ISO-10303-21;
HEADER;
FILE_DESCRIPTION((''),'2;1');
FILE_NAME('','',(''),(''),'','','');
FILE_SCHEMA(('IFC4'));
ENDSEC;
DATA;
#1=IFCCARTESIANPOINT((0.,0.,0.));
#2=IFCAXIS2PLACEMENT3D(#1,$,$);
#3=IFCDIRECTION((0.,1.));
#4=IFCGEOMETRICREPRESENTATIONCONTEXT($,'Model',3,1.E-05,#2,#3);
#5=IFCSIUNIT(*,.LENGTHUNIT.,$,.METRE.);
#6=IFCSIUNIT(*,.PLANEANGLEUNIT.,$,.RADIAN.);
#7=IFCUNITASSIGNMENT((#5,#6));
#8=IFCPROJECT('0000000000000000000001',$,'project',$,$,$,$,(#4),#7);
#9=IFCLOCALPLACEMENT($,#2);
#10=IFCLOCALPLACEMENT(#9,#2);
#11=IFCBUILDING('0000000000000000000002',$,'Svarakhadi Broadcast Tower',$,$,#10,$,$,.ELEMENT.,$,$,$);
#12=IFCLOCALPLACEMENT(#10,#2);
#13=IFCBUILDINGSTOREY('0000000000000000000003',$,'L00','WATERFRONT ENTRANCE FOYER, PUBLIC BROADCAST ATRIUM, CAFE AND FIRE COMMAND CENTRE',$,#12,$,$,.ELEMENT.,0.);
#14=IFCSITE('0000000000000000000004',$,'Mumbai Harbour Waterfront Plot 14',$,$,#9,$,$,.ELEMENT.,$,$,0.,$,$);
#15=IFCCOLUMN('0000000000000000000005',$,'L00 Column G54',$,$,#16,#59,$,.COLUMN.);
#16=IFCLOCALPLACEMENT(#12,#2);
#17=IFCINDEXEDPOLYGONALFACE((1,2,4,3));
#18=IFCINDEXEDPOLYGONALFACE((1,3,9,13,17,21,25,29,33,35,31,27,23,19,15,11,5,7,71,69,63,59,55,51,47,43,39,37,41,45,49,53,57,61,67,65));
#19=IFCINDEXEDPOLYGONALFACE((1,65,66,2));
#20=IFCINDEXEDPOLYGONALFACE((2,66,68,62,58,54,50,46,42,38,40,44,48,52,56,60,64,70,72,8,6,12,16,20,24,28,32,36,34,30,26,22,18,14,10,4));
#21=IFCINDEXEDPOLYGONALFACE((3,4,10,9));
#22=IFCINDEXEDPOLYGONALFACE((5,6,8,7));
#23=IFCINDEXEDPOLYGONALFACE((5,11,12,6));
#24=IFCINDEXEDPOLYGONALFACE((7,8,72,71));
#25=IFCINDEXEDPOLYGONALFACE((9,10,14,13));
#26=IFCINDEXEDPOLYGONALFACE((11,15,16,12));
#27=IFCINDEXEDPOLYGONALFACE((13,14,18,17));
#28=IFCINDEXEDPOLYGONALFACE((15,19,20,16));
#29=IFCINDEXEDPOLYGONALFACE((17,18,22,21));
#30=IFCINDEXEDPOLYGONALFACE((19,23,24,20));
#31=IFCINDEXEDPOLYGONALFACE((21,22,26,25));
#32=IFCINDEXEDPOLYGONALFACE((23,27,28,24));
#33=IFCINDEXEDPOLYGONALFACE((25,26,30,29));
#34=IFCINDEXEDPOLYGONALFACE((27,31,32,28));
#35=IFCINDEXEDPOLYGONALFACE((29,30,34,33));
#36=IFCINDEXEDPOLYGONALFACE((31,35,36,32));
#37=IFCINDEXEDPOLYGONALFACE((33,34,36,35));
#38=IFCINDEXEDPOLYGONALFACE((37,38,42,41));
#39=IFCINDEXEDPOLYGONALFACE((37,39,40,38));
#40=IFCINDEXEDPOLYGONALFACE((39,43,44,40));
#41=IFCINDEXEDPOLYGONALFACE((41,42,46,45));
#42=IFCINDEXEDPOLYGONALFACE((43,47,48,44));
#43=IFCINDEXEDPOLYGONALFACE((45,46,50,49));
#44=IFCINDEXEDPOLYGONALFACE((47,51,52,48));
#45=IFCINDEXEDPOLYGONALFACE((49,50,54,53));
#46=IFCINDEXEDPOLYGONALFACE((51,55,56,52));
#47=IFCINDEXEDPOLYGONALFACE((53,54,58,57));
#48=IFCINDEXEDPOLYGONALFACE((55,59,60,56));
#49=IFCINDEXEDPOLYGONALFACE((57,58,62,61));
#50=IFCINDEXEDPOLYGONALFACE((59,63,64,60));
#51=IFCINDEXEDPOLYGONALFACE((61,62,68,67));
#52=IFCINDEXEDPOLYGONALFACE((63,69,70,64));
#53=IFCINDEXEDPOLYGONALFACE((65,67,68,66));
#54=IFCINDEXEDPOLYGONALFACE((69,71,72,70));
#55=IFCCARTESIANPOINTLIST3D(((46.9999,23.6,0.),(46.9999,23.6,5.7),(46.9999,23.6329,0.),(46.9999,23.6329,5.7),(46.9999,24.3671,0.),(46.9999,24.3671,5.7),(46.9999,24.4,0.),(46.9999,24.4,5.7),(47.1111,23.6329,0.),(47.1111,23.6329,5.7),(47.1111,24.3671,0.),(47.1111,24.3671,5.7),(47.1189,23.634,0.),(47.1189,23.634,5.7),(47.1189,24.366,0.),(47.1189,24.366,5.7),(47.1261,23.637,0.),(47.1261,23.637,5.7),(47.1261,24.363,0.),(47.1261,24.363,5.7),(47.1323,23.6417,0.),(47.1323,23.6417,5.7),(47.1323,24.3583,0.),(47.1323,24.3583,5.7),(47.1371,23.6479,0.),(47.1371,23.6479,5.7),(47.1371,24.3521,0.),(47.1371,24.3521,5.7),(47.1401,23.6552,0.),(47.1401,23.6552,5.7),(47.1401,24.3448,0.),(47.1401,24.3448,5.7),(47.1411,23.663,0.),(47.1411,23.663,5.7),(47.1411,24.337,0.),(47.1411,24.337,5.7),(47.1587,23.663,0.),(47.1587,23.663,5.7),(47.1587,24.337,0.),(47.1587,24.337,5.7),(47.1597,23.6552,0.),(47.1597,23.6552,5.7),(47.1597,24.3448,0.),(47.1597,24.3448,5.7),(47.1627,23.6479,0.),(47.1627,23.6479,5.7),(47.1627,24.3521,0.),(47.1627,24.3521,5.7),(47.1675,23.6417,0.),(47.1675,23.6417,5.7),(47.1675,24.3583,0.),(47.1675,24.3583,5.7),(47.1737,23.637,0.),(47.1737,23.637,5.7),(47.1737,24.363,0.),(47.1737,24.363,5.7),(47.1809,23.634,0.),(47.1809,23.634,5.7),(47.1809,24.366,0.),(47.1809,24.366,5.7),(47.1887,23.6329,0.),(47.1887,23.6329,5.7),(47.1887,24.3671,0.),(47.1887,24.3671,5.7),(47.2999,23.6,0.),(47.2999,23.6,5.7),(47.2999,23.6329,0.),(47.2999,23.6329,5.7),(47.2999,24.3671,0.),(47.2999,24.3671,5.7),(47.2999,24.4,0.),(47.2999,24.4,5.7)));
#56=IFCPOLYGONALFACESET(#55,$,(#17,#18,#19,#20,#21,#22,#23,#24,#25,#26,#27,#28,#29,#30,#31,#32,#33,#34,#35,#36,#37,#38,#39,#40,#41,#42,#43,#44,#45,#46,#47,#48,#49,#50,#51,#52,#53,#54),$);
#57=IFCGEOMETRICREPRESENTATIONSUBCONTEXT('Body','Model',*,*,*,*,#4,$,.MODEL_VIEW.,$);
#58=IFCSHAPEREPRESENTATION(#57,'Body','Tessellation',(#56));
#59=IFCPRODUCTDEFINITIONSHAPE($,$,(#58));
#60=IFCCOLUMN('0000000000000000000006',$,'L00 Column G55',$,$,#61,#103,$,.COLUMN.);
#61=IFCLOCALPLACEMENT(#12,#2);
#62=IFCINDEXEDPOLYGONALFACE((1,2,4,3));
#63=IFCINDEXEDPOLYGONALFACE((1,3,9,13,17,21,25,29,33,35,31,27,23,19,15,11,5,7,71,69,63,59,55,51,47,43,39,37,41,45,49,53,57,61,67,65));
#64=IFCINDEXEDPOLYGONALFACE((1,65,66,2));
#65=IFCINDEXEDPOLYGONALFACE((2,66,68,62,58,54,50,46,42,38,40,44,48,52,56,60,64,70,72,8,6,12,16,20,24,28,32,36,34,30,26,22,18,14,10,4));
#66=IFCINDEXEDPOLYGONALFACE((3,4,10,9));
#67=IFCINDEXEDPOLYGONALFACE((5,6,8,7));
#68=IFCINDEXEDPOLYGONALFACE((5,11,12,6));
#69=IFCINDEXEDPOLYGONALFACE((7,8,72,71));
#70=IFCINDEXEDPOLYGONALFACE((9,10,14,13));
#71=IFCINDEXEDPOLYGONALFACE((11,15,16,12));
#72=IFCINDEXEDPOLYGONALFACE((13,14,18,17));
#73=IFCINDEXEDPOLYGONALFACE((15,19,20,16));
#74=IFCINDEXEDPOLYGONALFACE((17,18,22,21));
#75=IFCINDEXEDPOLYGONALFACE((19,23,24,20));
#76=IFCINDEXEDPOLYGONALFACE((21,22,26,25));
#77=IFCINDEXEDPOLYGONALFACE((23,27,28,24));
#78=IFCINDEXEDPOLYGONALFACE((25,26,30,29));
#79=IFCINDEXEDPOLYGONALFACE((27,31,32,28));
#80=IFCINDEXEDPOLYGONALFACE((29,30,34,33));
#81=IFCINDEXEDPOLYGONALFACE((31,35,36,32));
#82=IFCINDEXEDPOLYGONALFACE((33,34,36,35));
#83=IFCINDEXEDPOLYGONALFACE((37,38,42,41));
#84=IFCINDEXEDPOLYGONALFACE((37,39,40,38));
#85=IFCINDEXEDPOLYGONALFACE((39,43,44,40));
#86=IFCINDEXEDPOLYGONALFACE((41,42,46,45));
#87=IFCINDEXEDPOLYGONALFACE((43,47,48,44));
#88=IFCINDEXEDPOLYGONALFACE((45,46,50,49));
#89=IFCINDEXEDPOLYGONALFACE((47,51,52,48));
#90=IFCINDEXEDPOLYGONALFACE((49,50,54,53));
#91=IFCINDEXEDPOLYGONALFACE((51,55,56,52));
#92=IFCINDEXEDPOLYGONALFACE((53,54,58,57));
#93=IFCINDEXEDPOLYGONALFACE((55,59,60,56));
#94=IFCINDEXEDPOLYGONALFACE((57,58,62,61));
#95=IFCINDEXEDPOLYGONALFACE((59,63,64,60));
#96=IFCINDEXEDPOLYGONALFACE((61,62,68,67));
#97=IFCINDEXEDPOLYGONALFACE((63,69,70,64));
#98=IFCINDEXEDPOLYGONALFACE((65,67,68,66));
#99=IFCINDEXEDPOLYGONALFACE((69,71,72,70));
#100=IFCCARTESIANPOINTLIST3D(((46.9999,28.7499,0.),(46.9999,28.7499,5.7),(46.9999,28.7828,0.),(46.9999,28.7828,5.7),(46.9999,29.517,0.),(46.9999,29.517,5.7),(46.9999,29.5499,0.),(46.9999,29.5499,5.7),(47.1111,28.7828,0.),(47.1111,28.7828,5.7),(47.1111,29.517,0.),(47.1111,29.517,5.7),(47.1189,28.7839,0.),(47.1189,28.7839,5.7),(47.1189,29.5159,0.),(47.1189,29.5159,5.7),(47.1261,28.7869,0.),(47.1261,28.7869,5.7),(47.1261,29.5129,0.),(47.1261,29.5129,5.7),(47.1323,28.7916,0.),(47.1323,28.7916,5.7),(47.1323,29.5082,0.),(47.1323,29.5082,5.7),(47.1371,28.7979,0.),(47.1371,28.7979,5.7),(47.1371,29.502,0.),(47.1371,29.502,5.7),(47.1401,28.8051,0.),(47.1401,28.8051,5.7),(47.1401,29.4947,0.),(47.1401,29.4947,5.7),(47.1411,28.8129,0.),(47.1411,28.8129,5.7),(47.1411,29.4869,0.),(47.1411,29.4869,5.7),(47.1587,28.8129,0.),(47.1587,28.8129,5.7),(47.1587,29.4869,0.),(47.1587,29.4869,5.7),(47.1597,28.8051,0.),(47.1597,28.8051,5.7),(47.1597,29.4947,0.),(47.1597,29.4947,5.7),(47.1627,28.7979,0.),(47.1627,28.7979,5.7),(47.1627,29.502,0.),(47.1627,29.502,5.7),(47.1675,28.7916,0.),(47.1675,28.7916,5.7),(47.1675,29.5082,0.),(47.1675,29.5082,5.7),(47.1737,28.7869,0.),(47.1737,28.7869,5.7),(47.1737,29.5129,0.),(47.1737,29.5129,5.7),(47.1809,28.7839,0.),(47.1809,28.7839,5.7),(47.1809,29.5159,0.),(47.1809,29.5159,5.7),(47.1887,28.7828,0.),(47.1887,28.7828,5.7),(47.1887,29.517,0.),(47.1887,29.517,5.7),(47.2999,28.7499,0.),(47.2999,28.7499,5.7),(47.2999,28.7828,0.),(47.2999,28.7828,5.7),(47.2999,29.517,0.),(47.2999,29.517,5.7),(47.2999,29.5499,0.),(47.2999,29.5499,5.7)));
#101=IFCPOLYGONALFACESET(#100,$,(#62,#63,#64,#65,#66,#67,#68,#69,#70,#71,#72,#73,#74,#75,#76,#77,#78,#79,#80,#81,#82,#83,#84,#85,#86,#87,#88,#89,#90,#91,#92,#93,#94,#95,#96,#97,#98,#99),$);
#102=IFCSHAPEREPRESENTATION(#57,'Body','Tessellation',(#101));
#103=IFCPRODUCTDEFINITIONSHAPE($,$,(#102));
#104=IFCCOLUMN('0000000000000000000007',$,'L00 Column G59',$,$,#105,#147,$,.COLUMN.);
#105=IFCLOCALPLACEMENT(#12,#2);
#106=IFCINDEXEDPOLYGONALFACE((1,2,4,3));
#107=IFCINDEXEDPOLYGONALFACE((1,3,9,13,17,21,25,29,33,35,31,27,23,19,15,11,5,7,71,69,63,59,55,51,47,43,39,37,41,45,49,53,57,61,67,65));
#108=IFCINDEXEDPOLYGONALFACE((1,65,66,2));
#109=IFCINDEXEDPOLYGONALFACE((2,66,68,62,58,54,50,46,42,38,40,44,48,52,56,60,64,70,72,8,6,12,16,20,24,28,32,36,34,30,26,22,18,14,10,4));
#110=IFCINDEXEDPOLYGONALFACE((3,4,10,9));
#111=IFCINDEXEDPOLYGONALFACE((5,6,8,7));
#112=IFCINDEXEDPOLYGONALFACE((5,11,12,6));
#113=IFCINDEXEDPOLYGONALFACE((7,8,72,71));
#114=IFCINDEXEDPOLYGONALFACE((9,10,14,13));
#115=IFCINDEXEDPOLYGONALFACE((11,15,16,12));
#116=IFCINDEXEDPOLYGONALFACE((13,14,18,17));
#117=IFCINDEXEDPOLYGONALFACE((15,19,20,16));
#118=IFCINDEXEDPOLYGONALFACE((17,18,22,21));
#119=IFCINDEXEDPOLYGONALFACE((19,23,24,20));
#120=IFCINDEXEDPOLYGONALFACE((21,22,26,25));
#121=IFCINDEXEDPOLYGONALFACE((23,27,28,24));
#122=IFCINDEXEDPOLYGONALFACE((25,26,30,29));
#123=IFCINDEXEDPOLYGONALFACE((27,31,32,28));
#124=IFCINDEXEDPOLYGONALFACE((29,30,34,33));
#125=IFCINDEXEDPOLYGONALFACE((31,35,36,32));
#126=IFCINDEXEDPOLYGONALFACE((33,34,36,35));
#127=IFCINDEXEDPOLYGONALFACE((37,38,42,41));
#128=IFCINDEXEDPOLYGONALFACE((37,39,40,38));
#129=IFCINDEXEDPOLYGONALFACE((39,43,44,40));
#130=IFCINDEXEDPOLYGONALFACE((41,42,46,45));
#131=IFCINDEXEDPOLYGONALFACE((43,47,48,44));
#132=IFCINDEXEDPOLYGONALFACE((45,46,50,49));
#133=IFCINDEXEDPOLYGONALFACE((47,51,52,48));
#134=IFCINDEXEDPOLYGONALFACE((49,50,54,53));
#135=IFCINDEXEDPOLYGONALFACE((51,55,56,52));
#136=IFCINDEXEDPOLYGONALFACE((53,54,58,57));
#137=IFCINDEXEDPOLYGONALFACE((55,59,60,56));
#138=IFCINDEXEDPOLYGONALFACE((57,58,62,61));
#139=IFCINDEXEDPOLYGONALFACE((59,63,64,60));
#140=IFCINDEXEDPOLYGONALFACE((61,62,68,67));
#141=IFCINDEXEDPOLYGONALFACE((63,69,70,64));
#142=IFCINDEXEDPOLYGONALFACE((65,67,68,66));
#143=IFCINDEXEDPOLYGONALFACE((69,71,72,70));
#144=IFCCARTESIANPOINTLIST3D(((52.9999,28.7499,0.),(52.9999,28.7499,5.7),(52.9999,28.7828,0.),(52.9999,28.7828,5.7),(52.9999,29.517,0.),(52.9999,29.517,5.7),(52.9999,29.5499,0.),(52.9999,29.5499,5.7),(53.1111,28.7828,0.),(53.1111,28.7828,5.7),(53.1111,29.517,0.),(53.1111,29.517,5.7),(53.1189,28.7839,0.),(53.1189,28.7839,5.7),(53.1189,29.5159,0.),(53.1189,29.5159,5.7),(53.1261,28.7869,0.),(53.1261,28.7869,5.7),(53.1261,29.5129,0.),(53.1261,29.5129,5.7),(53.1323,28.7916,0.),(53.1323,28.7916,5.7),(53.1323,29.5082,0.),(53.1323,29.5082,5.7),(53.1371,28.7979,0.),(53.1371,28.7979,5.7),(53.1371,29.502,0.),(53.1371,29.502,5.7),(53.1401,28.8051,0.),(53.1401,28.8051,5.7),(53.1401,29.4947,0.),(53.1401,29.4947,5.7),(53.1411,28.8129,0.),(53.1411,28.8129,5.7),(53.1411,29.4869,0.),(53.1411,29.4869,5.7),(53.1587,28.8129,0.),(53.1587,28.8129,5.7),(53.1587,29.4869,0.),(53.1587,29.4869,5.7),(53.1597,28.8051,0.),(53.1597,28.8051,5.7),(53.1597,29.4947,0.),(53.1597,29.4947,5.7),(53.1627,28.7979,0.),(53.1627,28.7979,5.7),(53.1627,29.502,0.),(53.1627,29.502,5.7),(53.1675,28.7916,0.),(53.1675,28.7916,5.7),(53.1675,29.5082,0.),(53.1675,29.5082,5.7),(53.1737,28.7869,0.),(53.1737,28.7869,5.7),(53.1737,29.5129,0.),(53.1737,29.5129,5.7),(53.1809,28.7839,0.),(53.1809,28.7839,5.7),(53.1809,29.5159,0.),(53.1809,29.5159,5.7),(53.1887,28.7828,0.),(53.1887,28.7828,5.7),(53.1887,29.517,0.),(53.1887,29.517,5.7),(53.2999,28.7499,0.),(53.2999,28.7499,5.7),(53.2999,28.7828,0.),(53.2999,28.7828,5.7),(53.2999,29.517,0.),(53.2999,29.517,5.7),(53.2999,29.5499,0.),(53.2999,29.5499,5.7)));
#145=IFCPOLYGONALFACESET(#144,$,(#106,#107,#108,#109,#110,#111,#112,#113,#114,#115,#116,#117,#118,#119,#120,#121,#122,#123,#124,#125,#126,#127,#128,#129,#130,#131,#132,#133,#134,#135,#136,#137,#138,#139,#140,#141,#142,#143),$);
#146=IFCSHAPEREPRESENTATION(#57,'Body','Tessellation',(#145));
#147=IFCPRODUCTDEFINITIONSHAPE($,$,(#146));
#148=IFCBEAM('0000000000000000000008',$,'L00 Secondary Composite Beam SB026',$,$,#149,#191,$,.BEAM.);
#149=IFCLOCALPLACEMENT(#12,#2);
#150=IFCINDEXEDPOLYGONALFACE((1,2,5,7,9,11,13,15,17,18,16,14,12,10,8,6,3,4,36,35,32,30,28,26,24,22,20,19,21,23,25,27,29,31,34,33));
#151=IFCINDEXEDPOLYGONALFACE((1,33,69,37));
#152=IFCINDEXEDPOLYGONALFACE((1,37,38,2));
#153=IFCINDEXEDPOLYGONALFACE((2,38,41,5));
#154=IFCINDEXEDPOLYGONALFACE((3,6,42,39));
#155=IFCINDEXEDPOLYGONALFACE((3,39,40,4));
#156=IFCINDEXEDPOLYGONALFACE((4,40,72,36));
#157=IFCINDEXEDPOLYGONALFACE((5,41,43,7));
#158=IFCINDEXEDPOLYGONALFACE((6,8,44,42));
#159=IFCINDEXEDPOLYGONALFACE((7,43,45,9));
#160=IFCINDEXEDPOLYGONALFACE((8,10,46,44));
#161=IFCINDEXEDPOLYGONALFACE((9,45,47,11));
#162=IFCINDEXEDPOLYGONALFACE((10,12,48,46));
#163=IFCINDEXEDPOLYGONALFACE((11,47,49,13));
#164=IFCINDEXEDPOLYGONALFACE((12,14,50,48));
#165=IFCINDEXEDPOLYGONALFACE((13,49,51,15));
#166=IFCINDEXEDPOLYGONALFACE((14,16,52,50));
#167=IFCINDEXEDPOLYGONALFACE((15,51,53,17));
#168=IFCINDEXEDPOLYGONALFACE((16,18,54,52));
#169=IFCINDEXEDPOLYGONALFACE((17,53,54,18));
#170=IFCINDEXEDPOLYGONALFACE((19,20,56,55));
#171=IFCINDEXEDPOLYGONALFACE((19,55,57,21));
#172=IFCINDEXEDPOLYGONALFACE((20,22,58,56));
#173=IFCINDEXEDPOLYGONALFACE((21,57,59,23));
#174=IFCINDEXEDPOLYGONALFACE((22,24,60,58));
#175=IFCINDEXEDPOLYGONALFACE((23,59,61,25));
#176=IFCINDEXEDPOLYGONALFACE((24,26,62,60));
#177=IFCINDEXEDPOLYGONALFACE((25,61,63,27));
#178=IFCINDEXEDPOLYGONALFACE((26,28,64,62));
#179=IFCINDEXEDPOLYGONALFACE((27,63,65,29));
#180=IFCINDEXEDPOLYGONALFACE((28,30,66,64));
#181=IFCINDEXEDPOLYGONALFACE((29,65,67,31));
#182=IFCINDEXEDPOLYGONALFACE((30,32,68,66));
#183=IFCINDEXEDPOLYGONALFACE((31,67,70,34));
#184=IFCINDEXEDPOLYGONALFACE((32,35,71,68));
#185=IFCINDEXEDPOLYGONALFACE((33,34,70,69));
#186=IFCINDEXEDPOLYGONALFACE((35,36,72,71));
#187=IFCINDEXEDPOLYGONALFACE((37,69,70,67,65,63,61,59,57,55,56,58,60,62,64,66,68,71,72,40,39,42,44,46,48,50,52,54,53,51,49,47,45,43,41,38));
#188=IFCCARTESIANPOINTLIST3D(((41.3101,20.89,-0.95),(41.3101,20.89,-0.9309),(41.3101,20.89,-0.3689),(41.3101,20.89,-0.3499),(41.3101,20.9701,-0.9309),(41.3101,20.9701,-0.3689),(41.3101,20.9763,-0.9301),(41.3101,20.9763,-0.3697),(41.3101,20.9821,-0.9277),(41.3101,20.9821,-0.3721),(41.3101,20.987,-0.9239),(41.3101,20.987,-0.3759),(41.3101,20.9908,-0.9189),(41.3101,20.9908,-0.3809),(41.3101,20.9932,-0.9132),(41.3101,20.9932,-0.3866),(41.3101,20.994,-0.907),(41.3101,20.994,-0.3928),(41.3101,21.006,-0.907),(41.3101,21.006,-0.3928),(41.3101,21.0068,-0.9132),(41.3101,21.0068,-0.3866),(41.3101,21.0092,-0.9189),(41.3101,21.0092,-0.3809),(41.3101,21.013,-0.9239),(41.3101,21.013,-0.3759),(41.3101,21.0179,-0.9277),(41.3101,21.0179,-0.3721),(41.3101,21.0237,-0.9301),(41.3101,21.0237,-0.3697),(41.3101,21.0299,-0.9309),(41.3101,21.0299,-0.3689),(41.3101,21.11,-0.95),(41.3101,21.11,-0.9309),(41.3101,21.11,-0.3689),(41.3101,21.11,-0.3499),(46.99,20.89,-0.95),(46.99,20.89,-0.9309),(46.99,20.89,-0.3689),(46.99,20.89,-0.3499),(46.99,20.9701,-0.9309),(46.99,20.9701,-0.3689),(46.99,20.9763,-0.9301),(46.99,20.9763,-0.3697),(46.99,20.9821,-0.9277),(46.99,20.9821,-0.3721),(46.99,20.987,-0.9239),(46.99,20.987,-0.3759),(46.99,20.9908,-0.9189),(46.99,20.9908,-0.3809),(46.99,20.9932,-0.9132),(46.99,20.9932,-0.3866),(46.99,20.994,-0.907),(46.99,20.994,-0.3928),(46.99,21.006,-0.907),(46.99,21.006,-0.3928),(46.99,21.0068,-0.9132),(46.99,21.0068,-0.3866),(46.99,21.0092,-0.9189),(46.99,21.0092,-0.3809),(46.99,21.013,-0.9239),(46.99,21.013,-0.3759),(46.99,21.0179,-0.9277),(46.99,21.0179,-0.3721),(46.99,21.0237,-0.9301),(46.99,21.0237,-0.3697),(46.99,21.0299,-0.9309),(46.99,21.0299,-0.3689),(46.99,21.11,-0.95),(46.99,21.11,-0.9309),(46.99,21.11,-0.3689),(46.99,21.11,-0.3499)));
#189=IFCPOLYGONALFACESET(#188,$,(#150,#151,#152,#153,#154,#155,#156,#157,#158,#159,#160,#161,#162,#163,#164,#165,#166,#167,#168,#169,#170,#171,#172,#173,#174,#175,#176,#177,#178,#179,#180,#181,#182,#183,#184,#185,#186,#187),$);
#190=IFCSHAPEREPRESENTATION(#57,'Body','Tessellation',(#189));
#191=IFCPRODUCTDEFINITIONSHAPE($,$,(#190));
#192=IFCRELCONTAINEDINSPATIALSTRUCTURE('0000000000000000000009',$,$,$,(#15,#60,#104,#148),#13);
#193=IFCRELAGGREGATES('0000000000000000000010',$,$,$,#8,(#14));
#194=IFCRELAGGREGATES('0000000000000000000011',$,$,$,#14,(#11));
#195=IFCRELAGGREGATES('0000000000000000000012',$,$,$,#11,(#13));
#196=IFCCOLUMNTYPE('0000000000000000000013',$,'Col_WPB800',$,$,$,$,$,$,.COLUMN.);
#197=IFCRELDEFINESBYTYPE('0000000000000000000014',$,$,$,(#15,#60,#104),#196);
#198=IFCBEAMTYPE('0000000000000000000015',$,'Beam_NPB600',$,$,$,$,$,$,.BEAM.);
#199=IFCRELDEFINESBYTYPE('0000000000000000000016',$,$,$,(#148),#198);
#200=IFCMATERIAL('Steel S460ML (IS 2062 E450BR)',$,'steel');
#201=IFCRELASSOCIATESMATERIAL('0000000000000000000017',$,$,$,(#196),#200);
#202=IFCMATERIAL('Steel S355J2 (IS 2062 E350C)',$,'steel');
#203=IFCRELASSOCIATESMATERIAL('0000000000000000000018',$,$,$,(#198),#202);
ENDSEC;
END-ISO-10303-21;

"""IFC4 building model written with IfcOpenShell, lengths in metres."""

from ifc_helpers import new_model, si_unit, direction, frame, origin, origin_2d, place, context, subcontext, project, spatial, i_section, extrude, material, material_profile, profile_set, type_object, element, save


model = new_model("IFC4")

# Units and contexts
model_context = context("Model", 3, precision=1e-05, world=origin(), true_north=direction((0.0, 1.0)))
body_context = subcontext(model_context, "Body", "Model", "MODEL_VIEW")
ifc_project = project(units=[si_unit("LENGTHUNIT", "METRE"), si_unit("PLANEANGLEUNIT", "RADIAN")], contexts=[model_context])

# Site, building, storey
site_placement = place(None, origin())
site = spatial("IfcSite", under=ifc_project, at=site_placement, Name="Mumbai Harbour Waterfront Plot 14", CompositionType="ELEMENT", RefElevation=0.0)
building_placement = place(site_placement, origin())
building = spatial("IfcBuilding", under=site, at=building_placement, Name="Svarakhadi Broadcast Tower", CompositionType="ELEMENT")
storey_placement = place(building_placement, origin())
storey = spatial("IfcBuildingStorey", under=building, at=storey_placement, Name="L00", Description="WATERFRONT ENTRANCE FOYER, PUBLIC BROADCAST ATRIUM, CAFE AND FIRE COMMAND CENTRE", CompositionType="ELEMENT", Elevation=0.0)

# Columns
ifc_material_1 = material(Name="Steel S460ML (IS 2062 E450BR)", Category="steel")
ifc_material_profile_1 = material_profile(ifc_material_1, i_section(OverallWidth=0.3, OverallDepth=0.8, WebThickness=0.0176, FlangeThickness=0.033, FilletRadius=0.03, at=origin_2d()), Name="WPB 800x300x262")
ifc_profile_set_1 = profile_set([ifc_material_profile_1], Name="Steel S460ML (IS 2062 E450BR)")
column_type = type_object("IfcColumnType", Name="Col_WPB800", PredefinedType="COLUMN", material=ifc_profile_set_1)
for number, where, z_axis, x_axis, name in (
    (1, (47.1499, 24.0, 0.0), (0.0, 0.0, 1.0), (1.0, 0.0, 0.0), "L00 Column G54"),
    (2, (47.1499, 29.1499, 0.0), (0.0, 0.0, 1.0), (1.0, 0.0, 0.0), "L00 Column G55"),
    (3, (53.1499, 29.1499, 0.0), (0.0, 0.0, 1.0), (1.0, 0.0, 0.0), "L00 Column G59"),
):
    element("IfcColumn", number, at=place(storey_placement, frame(where, z_axis=z_axis, x_axis=x_axis)), inside=storey, type_object=column_type, Name=name, PredefinedType="COLUMN", context=body_context, shape_type="SweptSolid", body=[
        extrude(i_section(OverallWidth=0.3, OverallDepth=0.8, WebThickness=0.0176, FlangeThickness=0.033, FilletRadius=0.03, at=origin_2d()), origin(), (0.0, 0.0, 1.0), 5.7),
    ])

# Beam
ifc_material_2 = material(Name="Steel S355J2 (IS 2062 E350C)", Category="steel")
ifc_material_profile_2 = material_profile(ifc_material_2, i_section(OverallWidth=0.22, OverallDepth=0.6001, WebThickness=0.012, FlangeThickness=0.019, FilletRadius=0.0239, at=origin_2d()), Name="NPB 600x220x122")
ifc_profile_set_2 = profile_set([ifc_material_profile_2], Name="Steel S355J2 (IS 2062 E350C)")
beam_type_1 = type_object("IfcBeamType", Name="Beam_NPB600", PredefinedType="BEAM", material=ifc_profile_set_2)
for number, where, z_axis, x_axis, name in (
    (4, (41.3101, 21.0, -0.6499), (1.0, 0.0, 0.0), (0.0, 1.0, 0.0), "L00 Secondary Composite Beam SB026"),
):
    element("IfcBeam", number, at=place(storey_placement, frame(where, z_axis=z_axis, x_axis=x_axis)), inside=storey, type_object=beam_type_1, Name=name, PredefinedType="BEAM", context=body_context, shape_type="SweptSolid", body=[
        extrude(i_section(OverallWidth=0.22, OverallDepth=0.6001, WebThickness=0.012, FlangeThickness=0.019, FilletRadius=0.0239, at=origin_2d()), origin(), (0.0, 0.0, 1.0), 5.6799),
    ])

save(model, "model.ifc")
